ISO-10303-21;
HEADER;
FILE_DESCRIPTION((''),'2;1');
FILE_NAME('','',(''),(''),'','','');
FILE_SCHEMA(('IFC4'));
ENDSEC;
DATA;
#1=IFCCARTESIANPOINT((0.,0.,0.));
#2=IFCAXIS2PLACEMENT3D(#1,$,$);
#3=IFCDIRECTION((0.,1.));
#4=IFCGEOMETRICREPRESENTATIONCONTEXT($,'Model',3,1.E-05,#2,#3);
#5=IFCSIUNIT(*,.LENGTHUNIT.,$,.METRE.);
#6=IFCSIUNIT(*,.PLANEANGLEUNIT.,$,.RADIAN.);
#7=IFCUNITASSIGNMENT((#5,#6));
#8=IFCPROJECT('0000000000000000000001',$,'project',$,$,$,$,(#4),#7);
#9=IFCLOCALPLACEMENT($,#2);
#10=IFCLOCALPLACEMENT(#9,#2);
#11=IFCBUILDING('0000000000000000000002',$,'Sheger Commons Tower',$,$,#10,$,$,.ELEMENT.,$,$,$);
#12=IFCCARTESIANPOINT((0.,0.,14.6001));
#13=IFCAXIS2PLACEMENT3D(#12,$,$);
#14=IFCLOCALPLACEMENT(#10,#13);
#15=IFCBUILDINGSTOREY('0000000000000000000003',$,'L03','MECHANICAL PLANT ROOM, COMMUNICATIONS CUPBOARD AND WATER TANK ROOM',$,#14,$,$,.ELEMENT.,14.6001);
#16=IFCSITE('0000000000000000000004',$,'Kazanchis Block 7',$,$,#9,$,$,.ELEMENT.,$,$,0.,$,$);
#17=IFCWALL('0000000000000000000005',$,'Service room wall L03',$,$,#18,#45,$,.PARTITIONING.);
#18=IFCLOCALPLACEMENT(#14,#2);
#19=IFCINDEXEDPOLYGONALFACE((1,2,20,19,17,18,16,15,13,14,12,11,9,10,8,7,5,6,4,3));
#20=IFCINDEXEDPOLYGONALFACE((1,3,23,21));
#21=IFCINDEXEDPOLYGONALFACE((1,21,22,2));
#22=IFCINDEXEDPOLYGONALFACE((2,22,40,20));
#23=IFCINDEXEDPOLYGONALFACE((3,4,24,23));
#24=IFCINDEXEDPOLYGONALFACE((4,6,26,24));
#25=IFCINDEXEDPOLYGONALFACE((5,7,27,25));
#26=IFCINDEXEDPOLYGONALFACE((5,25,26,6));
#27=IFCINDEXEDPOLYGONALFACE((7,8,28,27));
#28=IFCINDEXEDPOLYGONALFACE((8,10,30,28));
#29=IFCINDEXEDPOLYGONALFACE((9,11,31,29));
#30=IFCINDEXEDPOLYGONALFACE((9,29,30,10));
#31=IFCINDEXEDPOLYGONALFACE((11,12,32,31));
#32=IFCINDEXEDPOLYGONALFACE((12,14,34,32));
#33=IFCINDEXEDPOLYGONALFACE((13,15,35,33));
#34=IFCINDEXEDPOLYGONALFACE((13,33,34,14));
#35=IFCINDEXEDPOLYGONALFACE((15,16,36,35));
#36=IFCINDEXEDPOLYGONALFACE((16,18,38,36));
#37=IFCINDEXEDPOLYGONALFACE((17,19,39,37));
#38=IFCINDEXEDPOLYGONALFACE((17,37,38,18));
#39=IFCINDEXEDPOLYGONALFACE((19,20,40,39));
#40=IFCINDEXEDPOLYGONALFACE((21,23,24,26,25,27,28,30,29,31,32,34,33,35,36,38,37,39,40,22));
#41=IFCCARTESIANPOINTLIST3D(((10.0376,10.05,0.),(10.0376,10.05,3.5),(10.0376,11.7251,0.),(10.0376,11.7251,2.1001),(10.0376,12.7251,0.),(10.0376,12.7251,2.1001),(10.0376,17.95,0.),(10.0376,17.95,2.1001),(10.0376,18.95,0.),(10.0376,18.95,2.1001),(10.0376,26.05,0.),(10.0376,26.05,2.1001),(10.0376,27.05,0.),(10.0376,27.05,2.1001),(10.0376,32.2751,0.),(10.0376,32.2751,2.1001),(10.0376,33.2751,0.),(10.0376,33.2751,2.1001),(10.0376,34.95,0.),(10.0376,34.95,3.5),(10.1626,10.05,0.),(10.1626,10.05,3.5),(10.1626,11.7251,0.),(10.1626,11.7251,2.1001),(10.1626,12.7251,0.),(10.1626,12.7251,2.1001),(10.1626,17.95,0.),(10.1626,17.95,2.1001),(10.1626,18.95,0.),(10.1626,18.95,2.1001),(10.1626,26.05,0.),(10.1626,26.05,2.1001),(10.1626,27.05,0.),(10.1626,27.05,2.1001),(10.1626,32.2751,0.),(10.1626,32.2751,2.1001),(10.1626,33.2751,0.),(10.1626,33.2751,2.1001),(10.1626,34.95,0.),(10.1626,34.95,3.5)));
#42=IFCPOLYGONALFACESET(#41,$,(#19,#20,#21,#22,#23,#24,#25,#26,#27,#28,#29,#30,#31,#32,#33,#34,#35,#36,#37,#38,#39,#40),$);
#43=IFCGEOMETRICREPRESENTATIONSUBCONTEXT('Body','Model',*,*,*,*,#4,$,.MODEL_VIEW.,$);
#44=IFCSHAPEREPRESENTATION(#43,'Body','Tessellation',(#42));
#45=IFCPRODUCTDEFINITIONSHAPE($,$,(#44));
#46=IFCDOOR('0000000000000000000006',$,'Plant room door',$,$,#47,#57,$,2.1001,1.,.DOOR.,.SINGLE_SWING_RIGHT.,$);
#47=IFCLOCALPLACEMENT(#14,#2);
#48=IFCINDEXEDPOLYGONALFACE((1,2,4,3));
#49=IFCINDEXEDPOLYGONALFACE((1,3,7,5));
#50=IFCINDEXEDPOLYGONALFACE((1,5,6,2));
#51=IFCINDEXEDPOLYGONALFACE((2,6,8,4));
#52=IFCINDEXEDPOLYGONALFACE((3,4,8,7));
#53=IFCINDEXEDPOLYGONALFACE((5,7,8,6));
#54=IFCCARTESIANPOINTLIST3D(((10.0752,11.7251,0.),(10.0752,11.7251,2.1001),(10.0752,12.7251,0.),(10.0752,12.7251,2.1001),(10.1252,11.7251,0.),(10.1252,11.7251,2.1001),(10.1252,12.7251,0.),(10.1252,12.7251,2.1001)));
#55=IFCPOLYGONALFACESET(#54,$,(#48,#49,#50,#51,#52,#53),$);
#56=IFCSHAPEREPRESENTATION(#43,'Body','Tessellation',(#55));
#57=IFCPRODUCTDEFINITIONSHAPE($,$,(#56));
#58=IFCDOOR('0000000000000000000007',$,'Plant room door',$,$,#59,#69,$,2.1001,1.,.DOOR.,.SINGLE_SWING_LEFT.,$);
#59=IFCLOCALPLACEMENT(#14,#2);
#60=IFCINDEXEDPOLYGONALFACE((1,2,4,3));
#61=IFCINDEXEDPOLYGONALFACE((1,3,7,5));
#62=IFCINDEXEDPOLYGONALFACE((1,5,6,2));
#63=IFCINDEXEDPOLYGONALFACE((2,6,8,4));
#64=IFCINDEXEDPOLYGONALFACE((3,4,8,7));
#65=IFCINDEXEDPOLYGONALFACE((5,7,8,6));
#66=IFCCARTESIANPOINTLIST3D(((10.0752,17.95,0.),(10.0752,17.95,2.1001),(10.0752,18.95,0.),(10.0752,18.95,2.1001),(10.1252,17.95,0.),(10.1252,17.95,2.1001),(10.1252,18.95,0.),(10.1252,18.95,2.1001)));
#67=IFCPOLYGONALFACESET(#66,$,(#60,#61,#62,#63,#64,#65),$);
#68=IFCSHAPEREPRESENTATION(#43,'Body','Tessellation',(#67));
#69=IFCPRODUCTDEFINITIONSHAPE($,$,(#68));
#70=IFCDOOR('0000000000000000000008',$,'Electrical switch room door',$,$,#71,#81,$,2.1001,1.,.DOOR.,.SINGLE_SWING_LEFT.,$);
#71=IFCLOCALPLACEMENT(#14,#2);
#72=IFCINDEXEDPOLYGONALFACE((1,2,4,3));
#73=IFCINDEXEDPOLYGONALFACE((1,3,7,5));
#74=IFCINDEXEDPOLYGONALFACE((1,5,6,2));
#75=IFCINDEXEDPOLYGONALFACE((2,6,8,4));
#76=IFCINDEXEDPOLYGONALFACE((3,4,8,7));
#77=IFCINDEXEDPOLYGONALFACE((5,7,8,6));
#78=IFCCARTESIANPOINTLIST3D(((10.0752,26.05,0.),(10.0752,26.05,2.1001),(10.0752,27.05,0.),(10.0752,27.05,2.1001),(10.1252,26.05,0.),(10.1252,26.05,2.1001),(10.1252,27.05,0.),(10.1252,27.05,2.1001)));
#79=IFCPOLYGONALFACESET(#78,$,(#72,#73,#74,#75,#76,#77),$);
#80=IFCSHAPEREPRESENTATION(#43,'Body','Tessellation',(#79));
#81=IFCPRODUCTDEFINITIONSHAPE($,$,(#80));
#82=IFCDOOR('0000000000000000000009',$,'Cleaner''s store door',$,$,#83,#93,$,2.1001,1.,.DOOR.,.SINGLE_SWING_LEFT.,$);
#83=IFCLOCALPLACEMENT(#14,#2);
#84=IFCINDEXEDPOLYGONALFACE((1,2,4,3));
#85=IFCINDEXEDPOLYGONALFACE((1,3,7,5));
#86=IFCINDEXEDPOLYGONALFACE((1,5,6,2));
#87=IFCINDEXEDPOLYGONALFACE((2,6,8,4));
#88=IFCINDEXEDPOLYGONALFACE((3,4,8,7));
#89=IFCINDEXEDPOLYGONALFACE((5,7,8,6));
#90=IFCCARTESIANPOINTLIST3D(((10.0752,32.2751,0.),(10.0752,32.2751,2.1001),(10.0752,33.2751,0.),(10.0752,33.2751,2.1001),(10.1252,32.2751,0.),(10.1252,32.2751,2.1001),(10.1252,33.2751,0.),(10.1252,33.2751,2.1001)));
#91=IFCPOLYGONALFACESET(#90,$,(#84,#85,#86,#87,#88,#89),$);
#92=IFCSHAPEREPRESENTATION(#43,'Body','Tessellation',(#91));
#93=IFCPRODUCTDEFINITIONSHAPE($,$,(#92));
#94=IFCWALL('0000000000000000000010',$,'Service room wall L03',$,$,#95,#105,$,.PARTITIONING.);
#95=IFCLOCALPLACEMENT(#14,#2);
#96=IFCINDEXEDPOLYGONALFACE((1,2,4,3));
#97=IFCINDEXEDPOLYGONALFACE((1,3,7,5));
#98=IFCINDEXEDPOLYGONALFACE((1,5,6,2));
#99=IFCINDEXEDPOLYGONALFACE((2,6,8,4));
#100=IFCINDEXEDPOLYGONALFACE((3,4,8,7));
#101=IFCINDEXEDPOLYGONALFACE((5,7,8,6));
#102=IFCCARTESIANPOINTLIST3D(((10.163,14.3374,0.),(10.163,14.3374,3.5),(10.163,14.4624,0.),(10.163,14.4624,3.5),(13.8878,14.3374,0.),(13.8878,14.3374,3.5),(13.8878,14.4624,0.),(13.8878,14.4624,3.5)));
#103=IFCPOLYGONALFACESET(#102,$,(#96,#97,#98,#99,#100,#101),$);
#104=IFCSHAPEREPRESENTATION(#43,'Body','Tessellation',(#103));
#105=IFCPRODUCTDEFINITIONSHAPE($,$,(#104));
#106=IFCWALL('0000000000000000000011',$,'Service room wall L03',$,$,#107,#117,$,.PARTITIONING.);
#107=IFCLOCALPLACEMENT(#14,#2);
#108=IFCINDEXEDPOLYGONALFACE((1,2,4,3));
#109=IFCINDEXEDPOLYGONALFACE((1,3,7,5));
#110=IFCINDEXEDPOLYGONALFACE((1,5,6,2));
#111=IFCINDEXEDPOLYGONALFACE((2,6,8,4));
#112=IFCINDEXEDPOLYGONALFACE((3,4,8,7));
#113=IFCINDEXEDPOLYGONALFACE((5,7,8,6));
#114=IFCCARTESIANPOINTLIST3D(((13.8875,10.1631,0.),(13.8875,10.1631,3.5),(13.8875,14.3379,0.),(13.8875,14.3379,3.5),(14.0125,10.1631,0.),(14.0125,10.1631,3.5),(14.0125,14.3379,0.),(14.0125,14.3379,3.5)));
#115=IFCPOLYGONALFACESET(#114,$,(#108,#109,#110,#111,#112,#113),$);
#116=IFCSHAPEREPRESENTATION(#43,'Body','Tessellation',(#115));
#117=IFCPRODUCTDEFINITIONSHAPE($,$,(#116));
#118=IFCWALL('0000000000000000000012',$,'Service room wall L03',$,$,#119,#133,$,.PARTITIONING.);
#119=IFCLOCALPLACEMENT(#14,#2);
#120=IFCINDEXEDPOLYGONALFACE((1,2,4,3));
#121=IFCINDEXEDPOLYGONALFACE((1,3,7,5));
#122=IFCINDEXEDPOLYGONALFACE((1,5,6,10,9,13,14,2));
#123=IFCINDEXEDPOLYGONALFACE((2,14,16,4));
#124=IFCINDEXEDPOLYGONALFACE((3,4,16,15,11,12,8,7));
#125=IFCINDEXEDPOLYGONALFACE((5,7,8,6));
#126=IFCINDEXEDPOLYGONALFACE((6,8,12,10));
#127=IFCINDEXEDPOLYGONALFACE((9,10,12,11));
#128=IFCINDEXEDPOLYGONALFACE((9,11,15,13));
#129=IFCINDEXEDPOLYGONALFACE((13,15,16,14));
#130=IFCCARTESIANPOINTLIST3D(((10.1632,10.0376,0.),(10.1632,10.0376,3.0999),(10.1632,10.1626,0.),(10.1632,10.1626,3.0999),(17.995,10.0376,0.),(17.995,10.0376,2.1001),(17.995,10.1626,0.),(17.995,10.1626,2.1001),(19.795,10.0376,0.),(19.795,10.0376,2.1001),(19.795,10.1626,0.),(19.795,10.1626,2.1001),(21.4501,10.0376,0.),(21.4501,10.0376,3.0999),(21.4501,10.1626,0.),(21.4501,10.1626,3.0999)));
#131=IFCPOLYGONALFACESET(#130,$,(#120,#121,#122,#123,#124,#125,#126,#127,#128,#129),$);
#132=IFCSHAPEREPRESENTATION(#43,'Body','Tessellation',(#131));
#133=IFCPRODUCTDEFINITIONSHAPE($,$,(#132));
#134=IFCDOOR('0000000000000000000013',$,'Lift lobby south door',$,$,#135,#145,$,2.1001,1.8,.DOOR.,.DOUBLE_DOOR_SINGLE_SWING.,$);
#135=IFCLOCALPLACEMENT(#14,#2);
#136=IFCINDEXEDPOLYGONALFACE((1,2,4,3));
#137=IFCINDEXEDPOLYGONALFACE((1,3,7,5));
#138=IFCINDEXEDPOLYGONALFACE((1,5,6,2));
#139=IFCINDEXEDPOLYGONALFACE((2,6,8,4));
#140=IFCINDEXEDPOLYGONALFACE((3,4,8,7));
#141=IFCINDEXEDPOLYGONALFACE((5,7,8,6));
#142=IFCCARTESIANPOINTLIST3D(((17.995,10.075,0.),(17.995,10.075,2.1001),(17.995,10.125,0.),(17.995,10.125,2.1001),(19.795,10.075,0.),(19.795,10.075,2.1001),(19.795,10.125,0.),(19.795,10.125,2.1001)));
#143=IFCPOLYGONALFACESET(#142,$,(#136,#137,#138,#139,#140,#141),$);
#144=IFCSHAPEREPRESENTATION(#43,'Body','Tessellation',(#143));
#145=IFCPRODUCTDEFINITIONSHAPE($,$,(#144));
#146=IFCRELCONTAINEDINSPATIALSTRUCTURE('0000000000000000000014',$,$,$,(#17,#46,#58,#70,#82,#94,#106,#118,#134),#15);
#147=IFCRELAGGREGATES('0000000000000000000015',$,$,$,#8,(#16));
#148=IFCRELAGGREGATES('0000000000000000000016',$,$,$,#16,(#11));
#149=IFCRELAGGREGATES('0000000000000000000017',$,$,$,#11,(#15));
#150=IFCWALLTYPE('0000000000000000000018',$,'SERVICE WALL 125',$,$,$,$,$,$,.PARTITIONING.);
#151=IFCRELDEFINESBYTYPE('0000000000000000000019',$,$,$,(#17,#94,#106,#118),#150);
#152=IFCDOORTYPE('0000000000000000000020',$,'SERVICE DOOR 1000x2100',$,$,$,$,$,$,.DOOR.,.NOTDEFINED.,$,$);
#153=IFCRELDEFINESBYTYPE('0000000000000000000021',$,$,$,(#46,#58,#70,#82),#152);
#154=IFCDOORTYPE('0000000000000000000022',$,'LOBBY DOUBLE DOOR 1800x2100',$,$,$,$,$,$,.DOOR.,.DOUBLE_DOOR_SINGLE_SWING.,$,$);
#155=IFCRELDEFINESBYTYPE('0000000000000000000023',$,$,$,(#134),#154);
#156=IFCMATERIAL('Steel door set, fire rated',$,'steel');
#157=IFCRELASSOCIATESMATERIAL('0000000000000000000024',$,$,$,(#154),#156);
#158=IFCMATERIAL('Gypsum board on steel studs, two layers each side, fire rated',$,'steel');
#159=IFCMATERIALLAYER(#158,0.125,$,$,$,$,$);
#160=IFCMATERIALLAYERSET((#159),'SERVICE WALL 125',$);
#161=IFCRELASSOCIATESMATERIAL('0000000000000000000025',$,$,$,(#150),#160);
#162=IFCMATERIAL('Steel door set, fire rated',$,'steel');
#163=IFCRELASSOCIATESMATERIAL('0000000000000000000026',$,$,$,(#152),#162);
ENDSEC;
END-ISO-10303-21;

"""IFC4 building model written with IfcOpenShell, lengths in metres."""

from ifc_helpers import new_model, si_unit, direction, frame, frame_2d, origin, place, context, subcontext, project, spatial, rectangle, extrude, material, layer, layer_set, type_object, element, fill, save


model = new_model("IFC4")

# Units and contexts
model_context = context("Model", 3, precision=1e-05, world=origin(), true_north=direction((0.0, 1.0)))
body_context = subcontext(model_context, "Body", "Model", "MODEL_VIEW")
ifc_project = project(units=[si_unit("LENGTHUNIT", "METRE"), si_unit("PLANEANGLEUNIT", "RADIAN")], contexts=[model_context])

# Site, building, storey
site_placement = place(None, origin())
site = spatial("IfcSite", under=ifc_project, at=site_placement, Name="Kazanchis Block 7", CompositionType="ELEMENT", RefElevation=0.0)
building_placement = place(site_placement, origin())
building = spatial("IfcBuilding", under=site, at=building_placement, Name="Sheger Commons Tower", CompositionType="ELEMENT")
storey_placement = place(building_placement, frame((0.0, 0.0, 14.6001)))
storey = spatial("IfcBuildingStorey", under=building, at=storey_placement, Name="L03", Description="MECHANICAL PLANT ROOM, COMMUNICATIONS CUPBOARD AND WATER TANK ROOM", CompositionType="ELEMENT", Elevation=14.6001)

# Shared definitions
ifc_material_1 = material(Name="Steel door set, fire rated", Category="steel")
door_type_1 = type_object("IfcDoorType", Name="LOBBY DOUBLE DOOR 1800x2100", OperationType="DOUBLE_DOOR_SINGLE_SWING", PredefinedType="DOOR", material=ifc_material_1)

# Wall, openings, doors
ifc_material_2 = material(Name="Gypsum board on steel studs, two layers each side, fire rated", Category="steel")
ifc_layer_1 = layer(ifc_material_2, 0.125)
ifc_layer_set_1 = layer_set([ifc_layer_1], Name="SERVICE WALL 125")
wall_type_1 = type_object("IfcWallType", Name="SERVICE WALL 125", PredefinedType="PARTITIONING", material=ifc_layer_set_1)
wall_1_placement = place(storey_placement, frame((10.1001, 10.05, 0.0), z_axis=(0.0, 0.0, 1.0), x_axis=(0.0, 1.0, 0.0)))
wall_1 = element("IfcWall", 1, at=wall_1_placement, inside=storey, type_object=wall_type_1, Name="Service room wall L03", PredefinedType="PARTITIONING", context=body_context, shape_type="SweptSolid", body=[
    extrude(rectangle(XDim=24.8999, YDim=0.125, at=frame_2d((12.45, 0.0))), origin(), (0.0, 0.0, 1.0), 3.5),
])
opening_1_placement = place(wall_1_placement, frame((1.675, 0.0, 0.0)))
opening_1 = element("IfcOpeningElement", 2, at=opening_1_placement, cuts=wall_1, PredefinedType="OPENING", context=body_context, shape_type="SweptSolid", body=[
    extrude(rectangle(XDim=1.0, YDim=2.1001, at=frame_2d((0.5, 1.05))), frame((0.0, 0.0725, 0.0), z_axis=(0.0, -1.0, 0.0), x_axis=(1.0, 0.0, 0.0)), (0.0, 0.0, 1.0), 0.145),
])
opening_2_placement = place(wall_1_placement, frame((7.8999, 0.0, 0.0)))
opening_2 = element("IfcOpeningElement", 3, at=opening_2_placement, cuts=wall_1, PredefinedType="OPENING", context=body_context, shape_type="SweptSolid", body=[
    extrude(rectangle(XDim=1.0, YDim=2.1001, at=frame_2d((0.5, 1.05))), frame((0.0, 0.0725, 0.0), z_axis=(0.0, -1.0, 0.0), x_axis=(1.0, 0.0, 0.0)), (0.0, 0.0, 1.0), 0.145),
])
opening_3_placement = place(wall_1_placement, frame((16.0, 0.0, 0.0)))
opening_3 = element("IfcOpeningElement", 4, at=opening_3_placement, cuts=wall_1, PredefinedType="OPENING", context=body_context, shape_type="SweptSolid", body=[
    extrude(rectangle(XDim=1.0, YDim=2.1001, at=frame_2d((0.5, 1.05))), frame((0.0, 0.0725, 0.0), z_axis=(0.0, -1.0, 0.0), x_axis=(1.0, 0.0, 0.0)), (0.0, 0.0, 1.0), 0.145),
])
opening_4_placement = place(wall_1_placement, frame((22.2251, 0.0, 0.0)))
opening_4 = element("IfcOpeningElement", 5, at=opening_4_placement, cuts=wall_1, PredefinedType="OPENING", context=body_context, shape_type="SweptSolid", body=[
    extrude(rectangle(XDim=1.0, YDim=2.1001, at=frame_2d((0.5, 1.05))), frame((0.0, 0.0725, 0.0), z_axis=(0.0, -1.0, 0.0), x_axis=(1.0, 0.0, 0.0)), (0.0, 0.0, 1.0), 0.145),
])
ifc_material_3 = material(Name="Steel door set, fire rated", Category="steel")
door_type_2 = type_object("IfcDoorType", Name="SERVICE DOOR 1000x2100", OperationType="NOTDEFINED", PredefinedType="DOOR", material=ifc_material_3)
door_1_placement = place(opening_1_placement, origin())
door_1 = element("IfcDoor", 6, at=door_1_placement, inside=storey, type_object=door_type_2, Name="Plant room door", OperationType="SINGLE_SWING_RIGHT", OverallHeight=2.1001, OverallWidth=1.0, PredefinedType="DOOR", context=body_context, shape_type="SweptSolid", body=[
    extrude(rectangle(XDim=1.0, YDim=2.1001, at=frame_2d((0.5, 1.05))), frame((0.0, 0.0249, 0.0), z_axis=(0.0, -1.0, 0.0), x_axis=(1.0, 0.0, 0.0)), (0.0, 0.0, 1.0), 0.05),
])
fill(opening_1, door_1)
door_2_placement = place(opening_2_placement, origin())
door_2 = element("IfcDoor", 7, at=door_2_placement, inside=storey, type_object=door_type_2, Name="Plant room door", OperationType="SINGLE_SWING_LEFT", OverallHeight=2.1001, OverallWidth=1.0, PredefinedType="DOOR", context=body_context, shape_type="SweptSolid", body=[
    extrude(rectangle(XDim=1.0, YDim=2.1001, at=frame_2d((0.5, 1.05))), frame((0.0, 0.0249, 0.0), z_axis=(0.0, -1.0, 0.0), x_axis=(1.0, 0.0, 0.0)), (0.0, 0.0, 1.0), 0.05),
])
fill(opening_2, door_2)
door_3_placement = place(opening_3_placement, origin())
door_3 = element("IfcDoor", 8, at=door_3_placement, inside=storey, type_object=door_type_2, Name="Electrical switch room door", OperationType="SINGLE_SWING_LEFT", OverallHeight=2.1001, OverallWidth=1.0, PredefinedType="DOOR", context=body_context, shape_type="SweptSolid", body=[
    extrude(rectangle(XDim=1.0, YDim=2.1001, at=frame_2d((0.5, 1.05))), frame((0.0, 0.0249, 0.0), z_axis=(0.0, -1.0, 0.0), x_axis=(1.0, 0.0, 0.0)), (0.0, 0.0, 1.0), 0.05),
])
fill(opening_3, door_3)
door_4_placement = place(opening_4_placement, origin())
door_4 = element("IfcDoor", 9, at=door_4_placement, inside=storey, type_object=door_type_2, Name="Cleaner's store door", OperationType="SINGLE_SWING_LEFT", OverallHeight=2.1001, OverallWidth=1.0, PredefinedType="DOOR", context=body_context, shape_type="SweptSolid", body=[
    extrude(rectangle(XDim=1.0, YDim=2.1001, at=frame_2d((0.5, 1.05))), frame((0.0, 0.0249, 0.0), z_axis=(0.0, -1.0, 0.0), x_axis=(1.0, 0.0, 0.0)), (0.0, 0.0, 1.0), 0.05),
])
fill(opening_4, door_4)

# Walls
wall_2_placement = place(storey_placement, frame((10.1631, 14.3999, 0.0), z_axis=(0.0, 0.0, 1.0), x_axis=(1.0, 0.0, 0.0)))
element("IfcWall", 10, at=wall_2_placement, inside=storey, type_object=wall_type_1, Name="Service room wall L03", PredefinedType="PARTITIONING", context=body_context, shape_type="SweptSolid", body=[
    extrude(rectangle(XDim=3.7249, YDim=0.125, at=frame_2d((1.8623, 0.0))), origin(), (0.0, 0.0, 1.0), 3.5),
])
wall_3_placement = place(storey_placement, frame((13.95, 10.1631, 0.0), z_axis=(0.0, 0.0, 1.0), x_axis=(0.0, 1.0, 0.0)))
element("IfcWall", 11, at=wall_3_placement, inside=storey, type_object=wall_type_1, Name="Service room wall L03", PredefinedType="PARTITIONING", context=body_context, shape_type="SweptSolid", body=[
    extrude(rectangle(XDim=4.1748, YDim=0.125, at=frame_2d((2.0874, 0.0))), origin(), (0.0, 0.0, 1.0), 3.5),
])

# Wall, opening, door
wall_4_placement = place(storey_placement, frame((10.1631, 10.1001, 0.0), z_axis=(0.0, 0.0, 1.0), x_axis=(1.0, 0.0, 0.0)))
wall_4 = element("IfcWall", 12, at=wall_4_placement, inside=storey, type_object=wall_type_1, Name="Service room wall L03", PredefinedType="PARTITIONING", context=body_context, shape_type="SweptSolid", body=[
    extrude(rectangle(XDim=11.2869, YDim=0.125, at=frame_2d((5.6436, 0.0))), origin(), (0.0, 0.0, 1.0), 3.0999),
])
opening_5_placement = place(wall_4_placement, frame((7.832, 0.0, 0.0)))
opening_5 = element("IfcOpeningElement", 13, at=opening_5_placement, cuts=wall_4, PredefinedType="OPENING", context=body_context, shape_type="SweptSolid", body=[
    extrude(rectangle(XDim=1.8, YDim=2.1001, at=frame_2d((0.8999, 1.05))), frame((0.0, 0.0725, 0.0), z_axis=(0.0, -1.0, 0.0), x_axis=(1.0, 0.0, 0.0)), (0.0, 0.0, 1.0), 0.145),
])
door_5_placement = place(opening_5_placement, origin())
door_5 = element("IfcDoor", 14, at=door_5_placement, inside=storey, type_object=door_type_1, Name="Lift lobby south door", OperationType="DOUBLE_DOOR_SINGLE_SWING", OverallHeight=2.1001, OverallWidth=1.8, PredefinedType="DOOR", context=body_context, shape_type="SweptSolid", body=[
    extrude(rectangle(XDim=1.8, YDim=2.1001, at=frame_2d((0.8999, 1.05))), frame((0.0, 0.0249, 0.0), z_axis=(0.0, -1.0, 0.0), x_axis=(1.0, 0.0, 0.0)), (0.0, 0.0, 1.0), 0.05),
])
fill(opening_5, door_5)

save(model, "model.ifc")
